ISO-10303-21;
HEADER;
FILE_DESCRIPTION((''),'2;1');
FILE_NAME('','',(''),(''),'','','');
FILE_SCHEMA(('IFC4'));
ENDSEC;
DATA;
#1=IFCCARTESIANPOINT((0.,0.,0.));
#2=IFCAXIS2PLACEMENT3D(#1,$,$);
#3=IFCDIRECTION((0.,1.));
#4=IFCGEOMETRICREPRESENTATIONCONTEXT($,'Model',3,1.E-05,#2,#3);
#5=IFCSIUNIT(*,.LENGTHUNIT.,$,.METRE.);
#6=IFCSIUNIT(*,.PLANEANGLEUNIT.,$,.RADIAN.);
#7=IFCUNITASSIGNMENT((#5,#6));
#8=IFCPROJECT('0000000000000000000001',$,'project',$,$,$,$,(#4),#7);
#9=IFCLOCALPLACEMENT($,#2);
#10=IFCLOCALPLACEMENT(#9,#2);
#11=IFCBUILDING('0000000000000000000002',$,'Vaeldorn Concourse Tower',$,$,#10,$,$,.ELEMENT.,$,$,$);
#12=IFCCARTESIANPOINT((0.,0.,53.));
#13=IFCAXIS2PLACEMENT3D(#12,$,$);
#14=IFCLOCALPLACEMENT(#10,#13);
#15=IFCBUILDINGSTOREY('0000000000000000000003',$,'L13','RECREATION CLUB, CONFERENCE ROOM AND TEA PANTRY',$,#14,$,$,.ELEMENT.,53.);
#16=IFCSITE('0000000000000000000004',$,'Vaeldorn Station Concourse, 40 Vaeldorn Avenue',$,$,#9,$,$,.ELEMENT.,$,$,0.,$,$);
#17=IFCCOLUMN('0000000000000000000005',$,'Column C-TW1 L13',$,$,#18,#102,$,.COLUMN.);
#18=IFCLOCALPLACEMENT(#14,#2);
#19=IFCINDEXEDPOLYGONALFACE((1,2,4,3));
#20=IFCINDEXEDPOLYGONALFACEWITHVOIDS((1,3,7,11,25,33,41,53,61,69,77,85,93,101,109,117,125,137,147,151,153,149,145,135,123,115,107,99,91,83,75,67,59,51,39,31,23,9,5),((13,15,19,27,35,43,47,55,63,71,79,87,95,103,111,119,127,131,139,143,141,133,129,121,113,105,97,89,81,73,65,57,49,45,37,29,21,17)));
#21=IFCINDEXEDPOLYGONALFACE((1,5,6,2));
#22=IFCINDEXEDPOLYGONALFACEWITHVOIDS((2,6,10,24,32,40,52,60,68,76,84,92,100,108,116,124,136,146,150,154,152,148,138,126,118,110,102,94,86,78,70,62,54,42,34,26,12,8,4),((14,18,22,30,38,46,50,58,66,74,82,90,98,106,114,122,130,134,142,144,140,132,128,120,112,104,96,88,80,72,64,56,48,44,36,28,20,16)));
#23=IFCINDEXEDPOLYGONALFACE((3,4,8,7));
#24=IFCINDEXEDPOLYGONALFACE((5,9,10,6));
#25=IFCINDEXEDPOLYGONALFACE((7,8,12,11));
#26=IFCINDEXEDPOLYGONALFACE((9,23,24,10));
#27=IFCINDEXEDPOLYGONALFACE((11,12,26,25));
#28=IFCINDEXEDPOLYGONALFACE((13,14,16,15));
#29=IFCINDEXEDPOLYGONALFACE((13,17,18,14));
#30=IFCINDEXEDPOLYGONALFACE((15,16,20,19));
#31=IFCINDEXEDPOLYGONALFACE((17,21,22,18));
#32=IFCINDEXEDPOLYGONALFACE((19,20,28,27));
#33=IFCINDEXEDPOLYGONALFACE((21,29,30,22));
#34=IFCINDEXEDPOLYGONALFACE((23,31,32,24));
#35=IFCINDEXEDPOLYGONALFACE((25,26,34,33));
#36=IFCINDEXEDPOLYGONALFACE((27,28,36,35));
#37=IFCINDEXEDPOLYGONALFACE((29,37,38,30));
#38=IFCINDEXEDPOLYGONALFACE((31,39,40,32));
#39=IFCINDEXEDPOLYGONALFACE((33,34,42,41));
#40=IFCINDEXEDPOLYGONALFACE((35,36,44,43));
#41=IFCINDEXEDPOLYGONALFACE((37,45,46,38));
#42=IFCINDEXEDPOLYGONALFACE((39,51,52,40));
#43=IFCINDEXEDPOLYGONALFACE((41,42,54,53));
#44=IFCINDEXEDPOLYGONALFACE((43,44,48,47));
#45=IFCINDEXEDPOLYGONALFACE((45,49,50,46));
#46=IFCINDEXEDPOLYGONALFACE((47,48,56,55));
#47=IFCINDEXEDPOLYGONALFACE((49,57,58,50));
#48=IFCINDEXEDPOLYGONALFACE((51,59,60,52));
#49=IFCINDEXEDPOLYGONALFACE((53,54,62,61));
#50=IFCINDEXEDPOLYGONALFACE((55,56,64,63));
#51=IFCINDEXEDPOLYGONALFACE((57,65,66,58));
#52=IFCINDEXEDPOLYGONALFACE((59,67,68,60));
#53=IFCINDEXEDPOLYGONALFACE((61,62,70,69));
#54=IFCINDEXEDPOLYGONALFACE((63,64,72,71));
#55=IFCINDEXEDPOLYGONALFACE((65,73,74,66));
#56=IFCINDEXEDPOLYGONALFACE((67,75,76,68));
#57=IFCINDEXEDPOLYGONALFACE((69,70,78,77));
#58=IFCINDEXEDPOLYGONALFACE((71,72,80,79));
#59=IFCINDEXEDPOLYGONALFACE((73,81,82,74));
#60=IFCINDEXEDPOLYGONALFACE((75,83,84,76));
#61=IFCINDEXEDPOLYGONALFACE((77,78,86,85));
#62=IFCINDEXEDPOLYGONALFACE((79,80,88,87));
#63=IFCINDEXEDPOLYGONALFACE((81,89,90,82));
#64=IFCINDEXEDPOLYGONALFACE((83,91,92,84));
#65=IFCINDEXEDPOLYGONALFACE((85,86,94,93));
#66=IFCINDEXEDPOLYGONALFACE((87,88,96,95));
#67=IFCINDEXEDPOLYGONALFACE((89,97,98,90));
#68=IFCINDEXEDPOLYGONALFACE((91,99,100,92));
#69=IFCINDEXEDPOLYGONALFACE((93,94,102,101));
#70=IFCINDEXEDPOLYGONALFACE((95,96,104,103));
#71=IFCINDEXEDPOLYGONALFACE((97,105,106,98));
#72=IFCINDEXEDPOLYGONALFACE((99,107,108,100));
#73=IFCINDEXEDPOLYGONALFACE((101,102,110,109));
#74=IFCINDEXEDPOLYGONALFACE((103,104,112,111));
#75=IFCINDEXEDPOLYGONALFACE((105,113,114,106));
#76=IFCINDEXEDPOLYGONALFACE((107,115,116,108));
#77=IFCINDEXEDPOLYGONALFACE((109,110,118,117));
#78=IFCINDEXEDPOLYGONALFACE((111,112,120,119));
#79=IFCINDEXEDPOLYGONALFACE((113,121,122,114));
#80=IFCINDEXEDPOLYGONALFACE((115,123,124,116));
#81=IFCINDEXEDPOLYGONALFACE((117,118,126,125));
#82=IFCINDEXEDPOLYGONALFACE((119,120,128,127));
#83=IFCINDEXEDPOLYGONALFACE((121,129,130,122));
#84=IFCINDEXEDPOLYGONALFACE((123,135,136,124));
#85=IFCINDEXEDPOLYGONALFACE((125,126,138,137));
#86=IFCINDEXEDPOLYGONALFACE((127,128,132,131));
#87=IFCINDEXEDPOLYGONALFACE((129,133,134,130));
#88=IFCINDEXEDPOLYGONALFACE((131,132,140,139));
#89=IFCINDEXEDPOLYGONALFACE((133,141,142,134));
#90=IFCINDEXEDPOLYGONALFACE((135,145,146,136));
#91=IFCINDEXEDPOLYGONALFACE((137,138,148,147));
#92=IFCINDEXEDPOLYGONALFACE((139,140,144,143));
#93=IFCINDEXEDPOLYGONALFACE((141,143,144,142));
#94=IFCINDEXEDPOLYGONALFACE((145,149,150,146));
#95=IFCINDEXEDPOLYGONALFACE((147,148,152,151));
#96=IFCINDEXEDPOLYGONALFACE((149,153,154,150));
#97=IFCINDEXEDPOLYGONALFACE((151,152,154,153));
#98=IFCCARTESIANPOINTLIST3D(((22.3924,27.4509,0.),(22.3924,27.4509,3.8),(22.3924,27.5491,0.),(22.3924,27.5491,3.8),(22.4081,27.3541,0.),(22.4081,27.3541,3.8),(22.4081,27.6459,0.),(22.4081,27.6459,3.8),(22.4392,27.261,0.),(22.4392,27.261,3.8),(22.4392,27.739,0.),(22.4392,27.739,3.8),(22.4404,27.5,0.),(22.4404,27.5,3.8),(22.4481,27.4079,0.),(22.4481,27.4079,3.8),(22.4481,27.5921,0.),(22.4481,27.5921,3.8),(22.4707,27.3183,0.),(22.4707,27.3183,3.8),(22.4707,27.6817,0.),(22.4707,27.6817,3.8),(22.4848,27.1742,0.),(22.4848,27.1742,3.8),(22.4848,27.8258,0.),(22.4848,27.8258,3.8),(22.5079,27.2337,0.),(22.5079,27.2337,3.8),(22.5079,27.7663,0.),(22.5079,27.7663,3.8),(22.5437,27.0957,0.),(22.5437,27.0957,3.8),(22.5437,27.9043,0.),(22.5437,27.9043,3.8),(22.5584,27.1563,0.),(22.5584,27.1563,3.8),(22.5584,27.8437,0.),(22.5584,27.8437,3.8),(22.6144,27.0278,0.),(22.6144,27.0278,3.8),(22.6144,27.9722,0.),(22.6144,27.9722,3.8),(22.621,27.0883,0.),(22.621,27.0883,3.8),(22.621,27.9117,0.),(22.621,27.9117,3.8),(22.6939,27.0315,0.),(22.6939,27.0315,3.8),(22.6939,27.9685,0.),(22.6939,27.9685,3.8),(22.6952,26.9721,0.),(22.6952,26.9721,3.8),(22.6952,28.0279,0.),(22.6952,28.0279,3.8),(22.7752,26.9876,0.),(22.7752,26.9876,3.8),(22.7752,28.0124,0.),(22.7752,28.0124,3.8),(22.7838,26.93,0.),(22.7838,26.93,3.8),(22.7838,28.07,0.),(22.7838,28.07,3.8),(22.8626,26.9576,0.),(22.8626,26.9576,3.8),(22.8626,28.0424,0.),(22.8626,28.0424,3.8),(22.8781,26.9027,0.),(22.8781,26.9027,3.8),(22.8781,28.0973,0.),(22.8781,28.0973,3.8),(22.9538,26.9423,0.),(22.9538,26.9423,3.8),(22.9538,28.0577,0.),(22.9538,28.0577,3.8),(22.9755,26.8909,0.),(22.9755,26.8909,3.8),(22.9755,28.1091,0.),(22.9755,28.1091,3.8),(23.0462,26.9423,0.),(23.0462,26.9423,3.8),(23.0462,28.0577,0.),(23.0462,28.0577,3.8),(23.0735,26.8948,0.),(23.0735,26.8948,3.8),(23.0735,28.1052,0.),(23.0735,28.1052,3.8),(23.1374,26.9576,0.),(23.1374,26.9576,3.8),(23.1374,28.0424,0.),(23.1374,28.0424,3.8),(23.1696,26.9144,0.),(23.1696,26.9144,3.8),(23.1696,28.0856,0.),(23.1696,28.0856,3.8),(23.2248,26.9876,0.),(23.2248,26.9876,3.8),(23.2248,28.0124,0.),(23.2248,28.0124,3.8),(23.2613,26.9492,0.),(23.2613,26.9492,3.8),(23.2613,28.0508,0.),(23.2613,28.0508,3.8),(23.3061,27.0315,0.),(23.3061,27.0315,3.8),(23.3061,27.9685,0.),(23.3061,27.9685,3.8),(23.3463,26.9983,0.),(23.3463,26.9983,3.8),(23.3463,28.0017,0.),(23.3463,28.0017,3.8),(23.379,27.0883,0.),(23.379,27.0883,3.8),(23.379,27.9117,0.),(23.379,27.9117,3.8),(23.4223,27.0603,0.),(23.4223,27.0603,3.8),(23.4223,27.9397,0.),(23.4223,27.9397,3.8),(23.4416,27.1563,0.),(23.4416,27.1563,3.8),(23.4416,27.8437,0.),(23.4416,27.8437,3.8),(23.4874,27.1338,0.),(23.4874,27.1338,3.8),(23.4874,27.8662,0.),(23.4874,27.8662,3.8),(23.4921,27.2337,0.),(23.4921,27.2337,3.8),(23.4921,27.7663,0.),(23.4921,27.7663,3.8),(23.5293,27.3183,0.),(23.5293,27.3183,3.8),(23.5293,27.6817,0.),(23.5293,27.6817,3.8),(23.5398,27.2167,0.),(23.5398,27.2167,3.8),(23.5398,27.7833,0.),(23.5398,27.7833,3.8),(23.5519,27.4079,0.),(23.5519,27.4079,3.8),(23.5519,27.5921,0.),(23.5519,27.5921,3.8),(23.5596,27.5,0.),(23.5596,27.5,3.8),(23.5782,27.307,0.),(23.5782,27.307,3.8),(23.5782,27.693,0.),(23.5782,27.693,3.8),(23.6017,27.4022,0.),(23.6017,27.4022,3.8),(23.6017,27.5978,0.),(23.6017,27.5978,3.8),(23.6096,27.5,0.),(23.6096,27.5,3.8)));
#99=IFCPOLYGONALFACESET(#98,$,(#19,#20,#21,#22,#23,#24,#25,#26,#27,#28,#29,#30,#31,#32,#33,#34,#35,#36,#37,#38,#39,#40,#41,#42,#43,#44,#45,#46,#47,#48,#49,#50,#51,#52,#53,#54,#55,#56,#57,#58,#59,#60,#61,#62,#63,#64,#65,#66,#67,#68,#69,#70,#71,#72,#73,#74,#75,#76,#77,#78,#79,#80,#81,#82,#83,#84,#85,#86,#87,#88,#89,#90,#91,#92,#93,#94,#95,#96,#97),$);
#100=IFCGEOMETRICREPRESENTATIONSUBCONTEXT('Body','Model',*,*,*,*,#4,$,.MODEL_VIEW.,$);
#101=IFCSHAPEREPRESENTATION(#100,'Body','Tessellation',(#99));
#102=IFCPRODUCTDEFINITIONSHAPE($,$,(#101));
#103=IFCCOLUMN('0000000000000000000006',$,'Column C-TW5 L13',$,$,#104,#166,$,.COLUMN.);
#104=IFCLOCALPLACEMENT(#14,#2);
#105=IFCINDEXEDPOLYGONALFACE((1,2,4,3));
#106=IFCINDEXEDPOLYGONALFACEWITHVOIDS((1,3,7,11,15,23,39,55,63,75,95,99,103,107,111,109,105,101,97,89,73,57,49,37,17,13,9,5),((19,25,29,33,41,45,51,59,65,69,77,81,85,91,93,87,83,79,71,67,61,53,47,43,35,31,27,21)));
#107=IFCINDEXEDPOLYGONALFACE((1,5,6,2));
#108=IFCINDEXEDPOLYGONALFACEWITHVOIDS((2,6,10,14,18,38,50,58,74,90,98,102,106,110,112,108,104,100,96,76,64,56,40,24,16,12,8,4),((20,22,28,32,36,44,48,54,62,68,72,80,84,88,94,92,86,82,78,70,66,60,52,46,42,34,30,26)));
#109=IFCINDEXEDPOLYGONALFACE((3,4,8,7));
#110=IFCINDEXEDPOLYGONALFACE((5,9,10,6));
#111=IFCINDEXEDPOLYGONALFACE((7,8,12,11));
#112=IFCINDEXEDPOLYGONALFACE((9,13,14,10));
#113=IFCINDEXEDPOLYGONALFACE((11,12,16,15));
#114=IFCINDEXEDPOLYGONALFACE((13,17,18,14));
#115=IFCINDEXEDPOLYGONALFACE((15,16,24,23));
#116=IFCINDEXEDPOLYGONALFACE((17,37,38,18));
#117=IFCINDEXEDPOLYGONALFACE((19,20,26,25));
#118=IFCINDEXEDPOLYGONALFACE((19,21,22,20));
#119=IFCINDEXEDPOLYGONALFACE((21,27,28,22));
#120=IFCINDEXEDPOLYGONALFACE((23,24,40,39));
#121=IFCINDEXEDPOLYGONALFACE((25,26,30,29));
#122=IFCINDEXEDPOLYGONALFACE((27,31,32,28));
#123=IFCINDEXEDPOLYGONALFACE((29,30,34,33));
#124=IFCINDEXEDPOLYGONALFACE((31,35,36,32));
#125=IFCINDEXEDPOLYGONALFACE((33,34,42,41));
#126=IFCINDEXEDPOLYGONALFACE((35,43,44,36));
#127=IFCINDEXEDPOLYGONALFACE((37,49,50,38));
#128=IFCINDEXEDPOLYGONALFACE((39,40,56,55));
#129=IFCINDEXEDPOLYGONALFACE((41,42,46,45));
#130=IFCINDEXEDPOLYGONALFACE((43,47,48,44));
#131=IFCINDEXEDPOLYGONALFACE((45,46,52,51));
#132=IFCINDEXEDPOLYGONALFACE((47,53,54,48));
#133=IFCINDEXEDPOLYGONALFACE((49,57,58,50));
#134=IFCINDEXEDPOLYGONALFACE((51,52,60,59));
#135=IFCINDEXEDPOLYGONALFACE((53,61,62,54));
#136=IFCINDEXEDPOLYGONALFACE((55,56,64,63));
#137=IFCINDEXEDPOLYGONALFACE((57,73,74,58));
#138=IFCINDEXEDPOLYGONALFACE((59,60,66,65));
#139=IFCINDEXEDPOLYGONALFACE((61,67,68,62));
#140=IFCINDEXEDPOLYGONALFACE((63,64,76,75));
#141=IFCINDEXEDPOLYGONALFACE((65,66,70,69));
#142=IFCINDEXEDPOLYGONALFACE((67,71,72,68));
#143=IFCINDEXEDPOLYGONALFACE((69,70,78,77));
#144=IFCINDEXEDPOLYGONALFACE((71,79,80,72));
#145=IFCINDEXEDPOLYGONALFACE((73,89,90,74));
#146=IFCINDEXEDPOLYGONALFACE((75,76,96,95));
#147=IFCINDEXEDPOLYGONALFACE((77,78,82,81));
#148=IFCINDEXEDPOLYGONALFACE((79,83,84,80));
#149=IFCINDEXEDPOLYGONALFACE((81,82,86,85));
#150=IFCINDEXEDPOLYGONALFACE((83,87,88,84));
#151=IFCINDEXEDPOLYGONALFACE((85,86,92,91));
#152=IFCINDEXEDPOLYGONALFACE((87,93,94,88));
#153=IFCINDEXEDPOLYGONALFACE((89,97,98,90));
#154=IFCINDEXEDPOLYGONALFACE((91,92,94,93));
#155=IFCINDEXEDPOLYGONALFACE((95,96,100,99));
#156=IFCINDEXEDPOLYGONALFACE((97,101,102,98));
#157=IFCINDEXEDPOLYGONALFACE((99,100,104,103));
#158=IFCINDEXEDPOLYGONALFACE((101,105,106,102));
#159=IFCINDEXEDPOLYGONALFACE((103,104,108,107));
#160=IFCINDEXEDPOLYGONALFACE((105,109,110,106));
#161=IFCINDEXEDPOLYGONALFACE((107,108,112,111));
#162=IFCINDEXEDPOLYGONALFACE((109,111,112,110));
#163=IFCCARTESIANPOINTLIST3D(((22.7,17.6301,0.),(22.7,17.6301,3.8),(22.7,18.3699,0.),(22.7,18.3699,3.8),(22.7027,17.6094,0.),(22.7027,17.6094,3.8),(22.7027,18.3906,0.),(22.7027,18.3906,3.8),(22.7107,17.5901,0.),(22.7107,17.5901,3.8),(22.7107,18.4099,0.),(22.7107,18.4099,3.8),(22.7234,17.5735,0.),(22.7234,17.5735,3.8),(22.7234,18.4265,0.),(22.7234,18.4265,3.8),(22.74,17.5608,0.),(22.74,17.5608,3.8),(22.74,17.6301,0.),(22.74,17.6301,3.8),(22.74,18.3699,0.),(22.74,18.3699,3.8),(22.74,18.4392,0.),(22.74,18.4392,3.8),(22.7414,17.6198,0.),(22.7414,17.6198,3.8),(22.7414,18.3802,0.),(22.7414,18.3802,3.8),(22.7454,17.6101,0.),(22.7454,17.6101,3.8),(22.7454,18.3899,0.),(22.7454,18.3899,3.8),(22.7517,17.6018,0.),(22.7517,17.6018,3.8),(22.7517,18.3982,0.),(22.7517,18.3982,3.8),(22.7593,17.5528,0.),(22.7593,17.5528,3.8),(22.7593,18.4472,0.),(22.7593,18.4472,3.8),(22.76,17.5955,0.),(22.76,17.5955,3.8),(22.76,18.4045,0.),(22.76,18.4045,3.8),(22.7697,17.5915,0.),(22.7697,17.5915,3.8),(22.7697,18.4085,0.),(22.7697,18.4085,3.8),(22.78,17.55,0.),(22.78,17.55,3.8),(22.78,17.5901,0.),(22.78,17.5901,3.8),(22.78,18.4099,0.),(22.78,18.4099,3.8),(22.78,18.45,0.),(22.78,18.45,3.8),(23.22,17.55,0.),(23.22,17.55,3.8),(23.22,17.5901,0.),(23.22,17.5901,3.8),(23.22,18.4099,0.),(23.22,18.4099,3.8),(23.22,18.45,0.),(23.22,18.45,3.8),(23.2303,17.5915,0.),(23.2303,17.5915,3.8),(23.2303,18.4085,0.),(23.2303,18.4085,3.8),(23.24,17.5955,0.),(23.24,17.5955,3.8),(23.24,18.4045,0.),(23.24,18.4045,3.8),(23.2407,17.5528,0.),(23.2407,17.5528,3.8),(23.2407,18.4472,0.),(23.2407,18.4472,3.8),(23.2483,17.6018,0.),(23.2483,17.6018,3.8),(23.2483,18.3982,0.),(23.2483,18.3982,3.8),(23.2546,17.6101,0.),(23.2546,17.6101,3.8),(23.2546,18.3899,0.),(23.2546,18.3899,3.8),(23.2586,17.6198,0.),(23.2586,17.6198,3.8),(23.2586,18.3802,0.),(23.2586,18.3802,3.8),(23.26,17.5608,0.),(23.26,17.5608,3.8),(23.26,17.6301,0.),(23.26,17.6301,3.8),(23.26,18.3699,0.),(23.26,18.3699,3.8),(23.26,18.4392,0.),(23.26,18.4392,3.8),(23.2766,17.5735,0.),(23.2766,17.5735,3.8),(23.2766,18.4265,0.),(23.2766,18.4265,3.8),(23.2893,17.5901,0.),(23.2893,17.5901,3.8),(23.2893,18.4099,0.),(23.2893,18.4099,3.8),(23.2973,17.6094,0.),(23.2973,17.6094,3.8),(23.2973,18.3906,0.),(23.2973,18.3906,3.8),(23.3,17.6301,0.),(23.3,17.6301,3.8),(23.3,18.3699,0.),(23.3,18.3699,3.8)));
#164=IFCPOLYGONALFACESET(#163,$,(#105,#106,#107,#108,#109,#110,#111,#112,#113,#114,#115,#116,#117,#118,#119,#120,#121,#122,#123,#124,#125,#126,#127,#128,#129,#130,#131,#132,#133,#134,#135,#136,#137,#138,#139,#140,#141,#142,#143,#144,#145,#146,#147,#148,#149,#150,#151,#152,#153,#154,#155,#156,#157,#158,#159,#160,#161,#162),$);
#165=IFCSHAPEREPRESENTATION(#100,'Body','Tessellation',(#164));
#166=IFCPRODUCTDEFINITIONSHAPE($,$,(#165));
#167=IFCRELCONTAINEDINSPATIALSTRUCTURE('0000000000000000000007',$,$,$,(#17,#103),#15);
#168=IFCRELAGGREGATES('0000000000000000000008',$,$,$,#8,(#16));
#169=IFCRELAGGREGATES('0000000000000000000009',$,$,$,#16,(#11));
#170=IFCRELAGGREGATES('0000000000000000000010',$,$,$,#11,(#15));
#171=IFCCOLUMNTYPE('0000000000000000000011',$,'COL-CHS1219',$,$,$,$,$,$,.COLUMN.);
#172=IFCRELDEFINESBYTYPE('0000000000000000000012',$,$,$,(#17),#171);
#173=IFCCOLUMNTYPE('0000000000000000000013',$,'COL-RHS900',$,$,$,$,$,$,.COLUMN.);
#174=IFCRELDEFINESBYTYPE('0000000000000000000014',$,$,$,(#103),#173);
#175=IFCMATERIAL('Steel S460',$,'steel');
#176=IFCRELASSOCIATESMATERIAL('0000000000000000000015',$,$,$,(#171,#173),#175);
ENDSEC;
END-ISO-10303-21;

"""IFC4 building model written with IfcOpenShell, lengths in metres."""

from ifc_helpers import new_model, si_unit, direction, frame, origin, origin_2d, place, context, subcontext, project, spatial, hollow_rectangle, hollow_circle, extrude, source, transform, mapped, material, material_profile, profile_set, type_object, element, save


model = new_model("IFC4")

# Units and contexts
model_context = context("Model", 3, precision=1e-05, world=origin(), true_north=direction((0.0, 1.0)))
body_context = subcontext(model_context, "Body", "Model", "MODEL_VIEW")
ifc_project = project(units=[si_unit("LENGTHUNIT", "METRE"), si_unit("PLANEANGLEUNIT", "RADIAN")], contexts=[model_context])

# Site, building, storey
site_placement = place(None, origin())
site = spatial("IfcSite", under=ifc_project, at=site_placement, Name="Vaeldorn Station Concourse, 40 Vaeldorn Avenue", CompositionType="ELEMENT", RefElevation=0.0)
building_placement = place(site_placement, origin())
building = spatial("IfcBuilding", under=site, at=building_placement, Name="Vaeldorn Concourse Tower", CompositionType="ELEMENT")
storey_placement = place(building_placement, frame((0.0, 0.0, 53.0)))
storey = spatial("IfcBuildingStorey", under=building, at=storey_placement, Name="L13", Description="RECREATION CLUB, CONFERENCE ROOM AND TEA PANTRY", CompositionType="ELEMENT", Elevation=53.0)

# Columns
ifc_material_1 = material(Name="Steel S460", Category="steel")
ifc_material_profile_1 = material_profile(ifc_material_1, hollow_circle(Radius=0.6096, WallThickness=0.05, at=origin_2d()), Name="CHS 1219x50")
ifc_profile_set_1 = profile_set([ifc_material_profile_1], Name="Steel S460")
column_type_1 = type_object("IfcColumnType", Name="COL-CHS1219", PredefinedType="COLUMN", material=ifc_profile_set_1)
shared_shape_1 = source(origin(), body_context, "Body", "SweptSolid", [
    extrude(hollow_circle(Radius=0.6096, WallThickness=0.05, at=origin_2d()), origin(), (0.0, 0.0, 1.0), 3.8),
])
column_1_placement = place(storey_placement, frame((23.0, 27.5, 0.0), z_axis=(0.0, 0.0, 1.0), x_axis=(1.0, 0.0, 0.0)))
element("IfcColumn", 1, at=column_1_placement, inside=storey, type_object=column_type_1, Name="Column C-TW1 L13", PredefinedType="COLUMN", context=body_context, shape_type="MappedRepresentation", body=[
    mapped(shared_shape_1, transform((0.0, 0.0, 0.0), scale=1.0)),
])
ifc_material_profile_2 = material_profile(ifc_material_1, hollow_rectangle(XDim=0.6001, YDim=0.8999, WallThickness=0.04, InnerFilletRadius=0.04, OuterFilletRadius=0.0801, at=origin_2d()), Name="RHS 900x600x40")
ifc_profile_set_2 = profile_set([ifc_material_profile_2], Name="Steel S460")
column_type_2 = type_object("IfcColumnType", Name="COL-RHS900", PredefinedType="COLUMN", material=ifc_profile_set_2)
shared_shape_2 = source(origin(), body_context, "Body", "SweptSolid", [
    extrude(hollow_rectangle(XDim=0.6001, YDim=0.8999, WallThickness=0.04, InnerFilletRadius=0.04, OuterFilletRadius=0.0801, at=origin_2d()), origin(), (0.0, 0.0, 1.0), 3.8),
])
column_2_placement = place(storey_placement, frame((23.0, 18.0, 0.0), z_axis=(0.0, 0.0, 1.0), x_axis=(1.0, 0.0, 0.0)))
element("IfcColumn", 2, at=column_2_placement, inside=storey, type_object=column_type_2, Name="Column C-TW5 L13", PredefinedType="COLUMN", context=body_context, shape_type="MappedRepresentation", body=[
    mapped(shared_shape_2, transform((0.0, 0.0, 0.0), scale=1.0)),
])

save(model, "model.ifc")
